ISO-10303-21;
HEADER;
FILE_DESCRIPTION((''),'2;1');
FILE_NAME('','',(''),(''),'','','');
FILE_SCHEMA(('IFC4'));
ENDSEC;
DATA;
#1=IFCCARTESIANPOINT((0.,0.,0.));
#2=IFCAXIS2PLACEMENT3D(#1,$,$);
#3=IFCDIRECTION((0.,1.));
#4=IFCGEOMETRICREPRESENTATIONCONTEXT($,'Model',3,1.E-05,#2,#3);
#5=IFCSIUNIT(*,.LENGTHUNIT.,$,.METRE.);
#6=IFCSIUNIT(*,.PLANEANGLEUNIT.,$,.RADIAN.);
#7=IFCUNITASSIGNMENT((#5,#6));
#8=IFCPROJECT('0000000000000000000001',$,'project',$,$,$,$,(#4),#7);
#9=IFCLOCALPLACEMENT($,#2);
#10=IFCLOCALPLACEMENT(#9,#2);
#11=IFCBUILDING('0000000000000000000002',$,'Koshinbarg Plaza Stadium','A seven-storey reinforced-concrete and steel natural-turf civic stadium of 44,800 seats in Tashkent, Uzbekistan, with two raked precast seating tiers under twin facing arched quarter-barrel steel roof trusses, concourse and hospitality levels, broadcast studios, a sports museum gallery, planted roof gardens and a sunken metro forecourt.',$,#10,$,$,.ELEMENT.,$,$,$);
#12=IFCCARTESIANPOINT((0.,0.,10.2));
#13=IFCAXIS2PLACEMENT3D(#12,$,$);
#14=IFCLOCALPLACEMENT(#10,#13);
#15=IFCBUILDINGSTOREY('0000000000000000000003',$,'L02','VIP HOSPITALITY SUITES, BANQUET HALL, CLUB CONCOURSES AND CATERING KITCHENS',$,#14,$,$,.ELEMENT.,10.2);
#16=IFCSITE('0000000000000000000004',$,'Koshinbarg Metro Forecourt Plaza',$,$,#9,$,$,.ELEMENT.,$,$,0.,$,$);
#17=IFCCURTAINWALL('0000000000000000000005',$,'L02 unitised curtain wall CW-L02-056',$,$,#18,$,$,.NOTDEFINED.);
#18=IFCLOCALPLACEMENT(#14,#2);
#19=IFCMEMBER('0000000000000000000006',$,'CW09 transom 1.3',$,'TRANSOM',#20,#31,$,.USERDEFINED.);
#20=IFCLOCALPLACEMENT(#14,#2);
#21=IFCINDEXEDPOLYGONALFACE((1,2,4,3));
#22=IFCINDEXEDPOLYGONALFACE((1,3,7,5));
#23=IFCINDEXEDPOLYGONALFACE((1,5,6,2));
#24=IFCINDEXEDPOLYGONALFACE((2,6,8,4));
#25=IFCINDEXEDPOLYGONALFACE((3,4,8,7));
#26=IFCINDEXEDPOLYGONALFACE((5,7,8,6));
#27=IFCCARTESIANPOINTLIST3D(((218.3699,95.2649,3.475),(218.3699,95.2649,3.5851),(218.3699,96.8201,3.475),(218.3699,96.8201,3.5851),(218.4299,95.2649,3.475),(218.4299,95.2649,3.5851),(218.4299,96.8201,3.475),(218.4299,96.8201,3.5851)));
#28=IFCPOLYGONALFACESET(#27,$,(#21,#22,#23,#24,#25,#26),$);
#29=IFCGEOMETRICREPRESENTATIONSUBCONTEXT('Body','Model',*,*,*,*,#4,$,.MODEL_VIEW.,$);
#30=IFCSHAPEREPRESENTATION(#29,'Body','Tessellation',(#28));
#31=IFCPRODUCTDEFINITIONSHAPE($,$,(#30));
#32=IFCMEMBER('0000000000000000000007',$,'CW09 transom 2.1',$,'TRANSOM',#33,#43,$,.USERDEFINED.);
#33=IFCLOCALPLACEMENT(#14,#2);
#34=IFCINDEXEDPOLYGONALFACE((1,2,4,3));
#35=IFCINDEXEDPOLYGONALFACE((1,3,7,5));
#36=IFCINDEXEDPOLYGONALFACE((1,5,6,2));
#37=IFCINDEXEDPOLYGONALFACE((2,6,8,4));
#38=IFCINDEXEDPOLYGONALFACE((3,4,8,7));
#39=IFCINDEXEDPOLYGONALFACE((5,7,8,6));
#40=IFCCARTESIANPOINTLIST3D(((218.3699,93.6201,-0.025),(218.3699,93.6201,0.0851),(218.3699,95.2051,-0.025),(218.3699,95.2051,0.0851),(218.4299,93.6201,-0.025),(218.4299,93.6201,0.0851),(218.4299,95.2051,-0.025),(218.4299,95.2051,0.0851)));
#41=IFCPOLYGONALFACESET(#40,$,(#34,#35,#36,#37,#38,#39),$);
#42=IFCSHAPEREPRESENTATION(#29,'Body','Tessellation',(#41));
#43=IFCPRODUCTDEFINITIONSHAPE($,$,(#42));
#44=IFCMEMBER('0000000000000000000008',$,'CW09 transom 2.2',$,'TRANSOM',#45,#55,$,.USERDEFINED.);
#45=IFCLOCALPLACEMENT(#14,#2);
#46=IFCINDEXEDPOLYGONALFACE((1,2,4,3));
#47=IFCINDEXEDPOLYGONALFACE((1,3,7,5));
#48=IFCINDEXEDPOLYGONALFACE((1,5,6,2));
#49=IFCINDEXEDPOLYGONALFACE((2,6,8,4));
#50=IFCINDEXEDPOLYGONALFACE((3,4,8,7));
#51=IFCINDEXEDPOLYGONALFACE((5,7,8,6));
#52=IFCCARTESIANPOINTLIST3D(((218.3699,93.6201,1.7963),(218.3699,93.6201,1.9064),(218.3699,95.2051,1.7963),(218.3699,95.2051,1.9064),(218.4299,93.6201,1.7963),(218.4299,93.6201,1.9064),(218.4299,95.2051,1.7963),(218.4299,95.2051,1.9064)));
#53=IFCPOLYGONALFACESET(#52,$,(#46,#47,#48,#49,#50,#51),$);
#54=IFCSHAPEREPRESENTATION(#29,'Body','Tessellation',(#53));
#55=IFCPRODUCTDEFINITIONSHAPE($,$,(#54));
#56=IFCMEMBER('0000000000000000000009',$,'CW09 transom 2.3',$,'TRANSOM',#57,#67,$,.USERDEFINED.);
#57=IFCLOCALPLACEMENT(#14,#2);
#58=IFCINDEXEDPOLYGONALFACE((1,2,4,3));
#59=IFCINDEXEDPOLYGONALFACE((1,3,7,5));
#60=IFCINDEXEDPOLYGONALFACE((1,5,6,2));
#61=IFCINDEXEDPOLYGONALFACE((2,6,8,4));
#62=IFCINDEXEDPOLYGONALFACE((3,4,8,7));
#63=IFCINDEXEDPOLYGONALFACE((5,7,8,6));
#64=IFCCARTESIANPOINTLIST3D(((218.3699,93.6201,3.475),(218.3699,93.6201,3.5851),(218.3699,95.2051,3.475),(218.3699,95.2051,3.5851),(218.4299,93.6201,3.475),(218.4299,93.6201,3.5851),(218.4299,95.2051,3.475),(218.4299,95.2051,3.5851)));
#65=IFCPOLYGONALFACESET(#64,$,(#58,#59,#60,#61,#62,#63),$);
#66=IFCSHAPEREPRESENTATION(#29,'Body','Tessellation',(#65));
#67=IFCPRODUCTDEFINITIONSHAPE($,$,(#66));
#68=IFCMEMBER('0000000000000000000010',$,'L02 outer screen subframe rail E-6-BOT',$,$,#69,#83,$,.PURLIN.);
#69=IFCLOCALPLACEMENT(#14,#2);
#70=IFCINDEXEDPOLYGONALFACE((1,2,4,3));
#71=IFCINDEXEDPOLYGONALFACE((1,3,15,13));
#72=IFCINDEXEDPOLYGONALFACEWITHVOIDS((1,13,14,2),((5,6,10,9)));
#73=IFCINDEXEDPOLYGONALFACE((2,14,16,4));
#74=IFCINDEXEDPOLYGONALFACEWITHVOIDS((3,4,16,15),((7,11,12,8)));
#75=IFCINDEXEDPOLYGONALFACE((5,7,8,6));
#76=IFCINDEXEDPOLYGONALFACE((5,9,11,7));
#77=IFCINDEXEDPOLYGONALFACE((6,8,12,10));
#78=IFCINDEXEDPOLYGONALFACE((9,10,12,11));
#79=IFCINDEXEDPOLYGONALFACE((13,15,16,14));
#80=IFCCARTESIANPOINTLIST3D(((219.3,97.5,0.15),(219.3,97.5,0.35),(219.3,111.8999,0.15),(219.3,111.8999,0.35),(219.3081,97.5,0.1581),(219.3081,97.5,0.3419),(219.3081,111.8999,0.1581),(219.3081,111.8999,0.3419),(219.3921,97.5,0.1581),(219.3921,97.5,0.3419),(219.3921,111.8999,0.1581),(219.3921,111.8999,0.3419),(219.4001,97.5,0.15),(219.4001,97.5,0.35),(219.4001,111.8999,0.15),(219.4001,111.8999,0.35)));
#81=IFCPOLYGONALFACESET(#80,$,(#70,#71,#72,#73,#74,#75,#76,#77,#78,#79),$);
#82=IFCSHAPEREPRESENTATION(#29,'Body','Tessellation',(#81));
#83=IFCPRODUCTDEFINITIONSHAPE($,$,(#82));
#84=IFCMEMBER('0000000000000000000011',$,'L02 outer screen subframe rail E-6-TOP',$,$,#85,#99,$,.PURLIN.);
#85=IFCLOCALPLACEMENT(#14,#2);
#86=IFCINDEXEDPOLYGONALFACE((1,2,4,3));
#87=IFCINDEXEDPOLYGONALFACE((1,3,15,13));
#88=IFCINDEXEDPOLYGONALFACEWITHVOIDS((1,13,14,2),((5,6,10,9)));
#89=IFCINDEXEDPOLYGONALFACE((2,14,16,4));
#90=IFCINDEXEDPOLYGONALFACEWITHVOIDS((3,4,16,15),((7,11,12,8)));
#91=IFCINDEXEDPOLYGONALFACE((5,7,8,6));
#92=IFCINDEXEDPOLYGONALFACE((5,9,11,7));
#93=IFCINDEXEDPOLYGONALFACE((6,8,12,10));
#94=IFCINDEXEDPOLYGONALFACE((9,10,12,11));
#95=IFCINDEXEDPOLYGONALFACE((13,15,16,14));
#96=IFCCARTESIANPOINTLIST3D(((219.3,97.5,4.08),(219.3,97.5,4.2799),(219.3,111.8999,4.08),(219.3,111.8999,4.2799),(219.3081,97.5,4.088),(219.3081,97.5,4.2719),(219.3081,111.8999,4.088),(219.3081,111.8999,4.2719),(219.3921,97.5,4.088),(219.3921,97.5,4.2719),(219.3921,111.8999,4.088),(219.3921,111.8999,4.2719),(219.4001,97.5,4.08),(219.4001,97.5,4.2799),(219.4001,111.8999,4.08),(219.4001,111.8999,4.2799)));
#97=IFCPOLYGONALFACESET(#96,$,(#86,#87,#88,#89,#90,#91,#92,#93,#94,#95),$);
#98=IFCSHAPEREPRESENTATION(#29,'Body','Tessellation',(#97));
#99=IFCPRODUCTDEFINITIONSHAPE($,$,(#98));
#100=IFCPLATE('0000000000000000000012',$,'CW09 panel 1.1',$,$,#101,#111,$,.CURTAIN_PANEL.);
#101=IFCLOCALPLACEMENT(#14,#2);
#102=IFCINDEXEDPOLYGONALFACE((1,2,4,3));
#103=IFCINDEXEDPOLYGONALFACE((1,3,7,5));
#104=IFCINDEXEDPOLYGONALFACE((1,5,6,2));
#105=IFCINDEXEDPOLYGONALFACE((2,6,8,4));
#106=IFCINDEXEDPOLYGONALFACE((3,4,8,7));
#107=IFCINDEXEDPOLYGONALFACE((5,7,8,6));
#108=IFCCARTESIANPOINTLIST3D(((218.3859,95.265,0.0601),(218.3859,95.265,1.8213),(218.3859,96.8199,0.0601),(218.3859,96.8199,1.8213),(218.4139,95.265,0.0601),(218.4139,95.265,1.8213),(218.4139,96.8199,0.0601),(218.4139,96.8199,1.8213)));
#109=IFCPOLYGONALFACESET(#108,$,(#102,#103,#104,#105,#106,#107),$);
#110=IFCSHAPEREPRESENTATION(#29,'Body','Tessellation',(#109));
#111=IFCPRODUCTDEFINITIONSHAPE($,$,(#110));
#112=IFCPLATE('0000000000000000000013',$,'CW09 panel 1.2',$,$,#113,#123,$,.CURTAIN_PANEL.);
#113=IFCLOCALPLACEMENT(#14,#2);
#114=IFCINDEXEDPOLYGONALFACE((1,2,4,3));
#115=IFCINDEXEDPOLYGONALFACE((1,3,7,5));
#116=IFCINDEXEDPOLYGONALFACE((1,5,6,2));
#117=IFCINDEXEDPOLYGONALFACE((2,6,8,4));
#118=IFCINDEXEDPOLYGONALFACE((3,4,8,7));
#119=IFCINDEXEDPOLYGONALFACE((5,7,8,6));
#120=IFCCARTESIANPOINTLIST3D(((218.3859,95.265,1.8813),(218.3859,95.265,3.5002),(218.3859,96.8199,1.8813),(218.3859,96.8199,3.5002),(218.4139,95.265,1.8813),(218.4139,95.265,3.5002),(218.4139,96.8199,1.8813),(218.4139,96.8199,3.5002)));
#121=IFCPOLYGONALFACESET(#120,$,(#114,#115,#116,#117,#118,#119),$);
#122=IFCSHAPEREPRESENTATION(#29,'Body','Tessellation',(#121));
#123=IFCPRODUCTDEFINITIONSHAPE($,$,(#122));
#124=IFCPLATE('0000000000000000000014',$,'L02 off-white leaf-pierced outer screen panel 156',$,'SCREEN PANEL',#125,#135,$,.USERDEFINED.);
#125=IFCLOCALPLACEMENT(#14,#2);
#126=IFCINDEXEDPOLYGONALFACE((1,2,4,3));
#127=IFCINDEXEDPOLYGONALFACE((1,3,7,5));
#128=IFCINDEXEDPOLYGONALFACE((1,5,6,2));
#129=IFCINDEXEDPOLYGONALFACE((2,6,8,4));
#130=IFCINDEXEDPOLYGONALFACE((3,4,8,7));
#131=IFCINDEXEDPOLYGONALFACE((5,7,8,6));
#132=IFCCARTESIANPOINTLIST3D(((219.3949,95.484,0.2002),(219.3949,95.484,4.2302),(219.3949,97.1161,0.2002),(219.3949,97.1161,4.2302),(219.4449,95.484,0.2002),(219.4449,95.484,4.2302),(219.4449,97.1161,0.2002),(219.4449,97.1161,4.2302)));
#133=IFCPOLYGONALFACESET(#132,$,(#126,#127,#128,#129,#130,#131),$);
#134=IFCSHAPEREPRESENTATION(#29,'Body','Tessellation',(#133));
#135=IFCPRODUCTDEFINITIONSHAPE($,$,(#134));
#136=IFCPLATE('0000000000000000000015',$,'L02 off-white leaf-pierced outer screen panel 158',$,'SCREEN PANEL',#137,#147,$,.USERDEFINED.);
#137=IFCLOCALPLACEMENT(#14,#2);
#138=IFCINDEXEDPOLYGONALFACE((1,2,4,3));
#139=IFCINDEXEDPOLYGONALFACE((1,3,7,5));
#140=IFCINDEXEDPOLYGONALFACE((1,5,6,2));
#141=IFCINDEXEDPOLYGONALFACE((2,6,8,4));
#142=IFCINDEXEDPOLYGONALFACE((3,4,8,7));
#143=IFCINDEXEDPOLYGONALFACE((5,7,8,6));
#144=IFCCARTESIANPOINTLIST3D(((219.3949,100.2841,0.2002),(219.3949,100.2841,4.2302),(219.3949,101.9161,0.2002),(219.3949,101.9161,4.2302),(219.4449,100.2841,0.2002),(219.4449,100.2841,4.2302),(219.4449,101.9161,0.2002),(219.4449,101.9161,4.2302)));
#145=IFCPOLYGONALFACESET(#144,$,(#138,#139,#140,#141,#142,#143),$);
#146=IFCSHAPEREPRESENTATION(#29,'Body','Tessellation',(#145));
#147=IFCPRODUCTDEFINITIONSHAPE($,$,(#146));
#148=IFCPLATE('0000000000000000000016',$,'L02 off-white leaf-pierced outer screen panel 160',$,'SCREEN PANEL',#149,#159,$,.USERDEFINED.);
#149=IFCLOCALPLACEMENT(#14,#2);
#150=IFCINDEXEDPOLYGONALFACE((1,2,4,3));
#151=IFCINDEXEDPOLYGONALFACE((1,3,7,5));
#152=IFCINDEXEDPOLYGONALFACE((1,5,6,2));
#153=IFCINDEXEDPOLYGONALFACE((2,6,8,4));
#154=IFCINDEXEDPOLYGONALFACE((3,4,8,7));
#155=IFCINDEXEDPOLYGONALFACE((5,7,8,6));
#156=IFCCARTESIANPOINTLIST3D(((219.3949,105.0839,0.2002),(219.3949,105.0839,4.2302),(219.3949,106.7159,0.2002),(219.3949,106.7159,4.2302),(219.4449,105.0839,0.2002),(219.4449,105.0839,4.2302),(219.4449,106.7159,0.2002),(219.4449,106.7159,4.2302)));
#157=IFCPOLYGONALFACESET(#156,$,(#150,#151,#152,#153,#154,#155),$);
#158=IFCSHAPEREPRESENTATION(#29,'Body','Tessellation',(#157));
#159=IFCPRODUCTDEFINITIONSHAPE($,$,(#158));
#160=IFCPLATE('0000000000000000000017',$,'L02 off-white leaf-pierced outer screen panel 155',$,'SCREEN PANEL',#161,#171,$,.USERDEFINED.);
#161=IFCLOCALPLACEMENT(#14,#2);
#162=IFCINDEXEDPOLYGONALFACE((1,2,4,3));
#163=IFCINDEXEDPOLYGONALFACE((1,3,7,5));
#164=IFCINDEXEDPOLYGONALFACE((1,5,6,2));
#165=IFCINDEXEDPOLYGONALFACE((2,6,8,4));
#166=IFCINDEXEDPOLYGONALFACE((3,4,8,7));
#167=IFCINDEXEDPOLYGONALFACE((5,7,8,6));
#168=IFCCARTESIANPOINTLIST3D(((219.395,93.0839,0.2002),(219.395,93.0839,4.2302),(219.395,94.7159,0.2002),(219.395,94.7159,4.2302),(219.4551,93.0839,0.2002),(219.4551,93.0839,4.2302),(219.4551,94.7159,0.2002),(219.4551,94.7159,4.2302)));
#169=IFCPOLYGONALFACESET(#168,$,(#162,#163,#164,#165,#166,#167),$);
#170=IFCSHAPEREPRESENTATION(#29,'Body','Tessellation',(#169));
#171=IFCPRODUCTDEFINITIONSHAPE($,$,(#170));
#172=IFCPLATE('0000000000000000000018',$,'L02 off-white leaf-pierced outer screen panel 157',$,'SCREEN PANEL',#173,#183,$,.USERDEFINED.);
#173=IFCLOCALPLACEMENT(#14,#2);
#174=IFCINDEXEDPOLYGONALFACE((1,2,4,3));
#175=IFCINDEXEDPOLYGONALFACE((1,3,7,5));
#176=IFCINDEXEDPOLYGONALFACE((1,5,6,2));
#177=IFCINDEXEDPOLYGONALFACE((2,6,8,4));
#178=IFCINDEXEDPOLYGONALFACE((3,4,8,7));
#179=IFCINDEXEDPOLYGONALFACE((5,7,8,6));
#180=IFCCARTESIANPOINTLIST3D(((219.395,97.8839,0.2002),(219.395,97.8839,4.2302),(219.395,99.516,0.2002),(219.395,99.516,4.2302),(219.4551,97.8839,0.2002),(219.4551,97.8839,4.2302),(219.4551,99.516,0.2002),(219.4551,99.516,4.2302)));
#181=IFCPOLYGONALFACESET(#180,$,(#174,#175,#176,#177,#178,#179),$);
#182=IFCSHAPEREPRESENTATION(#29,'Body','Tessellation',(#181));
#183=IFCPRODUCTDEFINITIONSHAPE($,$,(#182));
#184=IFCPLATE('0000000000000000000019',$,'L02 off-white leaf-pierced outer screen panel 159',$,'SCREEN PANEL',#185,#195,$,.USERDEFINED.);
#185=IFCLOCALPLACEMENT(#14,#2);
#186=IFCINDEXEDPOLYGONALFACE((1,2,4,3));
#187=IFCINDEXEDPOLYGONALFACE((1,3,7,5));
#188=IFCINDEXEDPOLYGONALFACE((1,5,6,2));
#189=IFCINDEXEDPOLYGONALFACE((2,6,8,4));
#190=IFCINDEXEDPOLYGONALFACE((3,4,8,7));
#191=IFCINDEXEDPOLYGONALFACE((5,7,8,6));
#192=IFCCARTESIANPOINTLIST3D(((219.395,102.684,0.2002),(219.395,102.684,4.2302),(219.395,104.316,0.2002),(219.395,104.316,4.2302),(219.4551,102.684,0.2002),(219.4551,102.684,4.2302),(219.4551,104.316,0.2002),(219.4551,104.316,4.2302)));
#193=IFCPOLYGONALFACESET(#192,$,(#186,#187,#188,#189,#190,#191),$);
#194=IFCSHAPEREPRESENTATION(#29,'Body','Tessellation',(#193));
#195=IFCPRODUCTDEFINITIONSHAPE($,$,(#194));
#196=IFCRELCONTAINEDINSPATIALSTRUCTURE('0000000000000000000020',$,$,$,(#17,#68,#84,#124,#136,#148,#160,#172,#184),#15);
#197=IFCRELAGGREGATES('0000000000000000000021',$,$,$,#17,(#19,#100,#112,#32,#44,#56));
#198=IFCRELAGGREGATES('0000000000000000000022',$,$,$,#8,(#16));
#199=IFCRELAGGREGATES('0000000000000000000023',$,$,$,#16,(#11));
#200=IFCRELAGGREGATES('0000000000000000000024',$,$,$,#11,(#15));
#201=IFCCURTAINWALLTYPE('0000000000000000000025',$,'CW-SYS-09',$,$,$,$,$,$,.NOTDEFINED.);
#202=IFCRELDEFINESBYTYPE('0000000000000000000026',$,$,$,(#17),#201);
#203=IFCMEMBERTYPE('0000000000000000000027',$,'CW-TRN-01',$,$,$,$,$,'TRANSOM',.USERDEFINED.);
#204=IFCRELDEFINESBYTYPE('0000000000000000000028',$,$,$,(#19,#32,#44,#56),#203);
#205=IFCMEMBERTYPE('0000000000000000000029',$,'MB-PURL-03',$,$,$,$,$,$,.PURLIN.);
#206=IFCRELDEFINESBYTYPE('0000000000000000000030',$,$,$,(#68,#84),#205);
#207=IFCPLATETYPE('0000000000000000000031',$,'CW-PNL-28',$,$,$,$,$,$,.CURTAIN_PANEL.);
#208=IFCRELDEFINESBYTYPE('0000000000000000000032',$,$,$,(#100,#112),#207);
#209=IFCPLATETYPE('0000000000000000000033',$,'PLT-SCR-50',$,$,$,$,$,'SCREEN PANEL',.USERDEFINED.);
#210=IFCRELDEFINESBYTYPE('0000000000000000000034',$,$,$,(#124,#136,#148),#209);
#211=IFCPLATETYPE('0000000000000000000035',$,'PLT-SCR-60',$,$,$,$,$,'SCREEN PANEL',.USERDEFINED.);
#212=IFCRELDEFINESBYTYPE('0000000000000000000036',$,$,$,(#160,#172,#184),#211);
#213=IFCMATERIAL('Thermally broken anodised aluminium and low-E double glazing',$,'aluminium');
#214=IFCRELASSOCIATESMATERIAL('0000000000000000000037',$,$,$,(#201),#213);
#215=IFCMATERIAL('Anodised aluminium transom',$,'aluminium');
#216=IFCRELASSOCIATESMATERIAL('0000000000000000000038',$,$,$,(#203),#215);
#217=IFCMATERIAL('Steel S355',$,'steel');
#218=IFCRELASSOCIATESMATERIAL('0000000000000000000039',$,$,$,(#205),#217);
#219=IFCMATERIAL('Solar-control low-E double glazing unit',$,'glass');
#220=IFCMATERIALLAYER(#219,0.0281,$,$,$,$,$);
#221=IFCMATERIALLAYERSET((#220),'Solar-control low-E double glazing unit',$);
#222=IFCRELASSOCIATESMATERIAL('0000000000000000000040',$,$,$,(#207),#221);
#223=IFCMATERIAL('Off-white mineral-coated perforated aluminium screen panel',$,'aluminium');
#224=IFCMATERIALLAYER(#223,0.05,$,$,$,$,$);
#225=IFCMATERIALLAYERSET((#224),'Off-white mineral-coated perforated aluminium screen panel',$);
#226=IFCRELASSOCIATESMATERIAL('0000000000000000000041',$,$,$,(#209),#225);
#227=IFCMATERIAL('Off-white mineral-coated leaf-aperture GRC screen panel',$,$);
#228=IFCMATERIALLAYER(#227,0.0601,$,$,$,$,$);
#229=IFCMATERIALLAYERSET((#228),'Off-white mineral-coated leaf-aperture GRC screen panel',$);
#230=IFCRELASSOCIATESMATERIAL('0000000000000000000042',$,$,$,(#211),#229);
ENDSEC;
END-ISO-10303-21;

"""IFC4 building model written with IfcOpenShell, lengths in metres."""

from ifc_helpers import new_model, si_unit, direction, frame, origin, origin_2d, place, context, subcontext, project, spatial, rectangle, hollow_rectangle, extrude, material, layer, layer_set, material_profile, profile_set, type_object, element, aggregate, save


model = new_model("IFC4")

# Units and contexts
model_context = context("Model", 3, precision=1e-05, world=origin(), true_north=direction((0.0, 1.0)))
body_context = subcontext(model_context, "Body", "Model", "MODEL_VIEW")
ifc_project = project(units=[si_unit("LENGTHUNIT", "METRE"), si_unit("PLANEANGLEUNIT", "RADIAN")], contexts=[model_context])

# Site, building, storey
site_placement = place(None, origin())
site = spatial("IfcSite", under=ifc_project, at=site_placement, Name="Koshinbarg Metro Forecourt Plaza", CompositionType="ELEMENT", RefElevation=0.0)
building_placement = place(site_placement, origin())
building = spatial("IfcBuilding", under=site, at=building_placement, Name="Koshinbarg Plaza Stadium", Description="A seven-storey reinforced-concrete and steel natural-turf civic stadium of 44,800 seats in Tashkent, Uzbekistan, with two raked precast seating tiers under twin facing arched quarter-barrel steel roof trusses, concourse and hospitality levels, broadcast studios, a sports museum gallery, planted roof gardens and a sunken metro forecourt.", CompositionType="ELEMENT")
storey_placement = place(building_placement, frame((0.0, 0.0, 10.2)))
storey = spatial("IfcBuildingStorey", under=building, at=storey_placement, Name="L02", Description="VIP HOSPITALITY SUITES, BANQUET HALL, CLUB CONCOURSES AND CATERING KITCHENS", CompositionType="ELEMENT", Elevation=10.2)

# Shared definitions
ifc_material_1 = material(Name="Steel S355", Category="steel")

# Curtain wall
ifc_material_2 = material(Name="Thermally broken anodised aluminium and low-E double glazing", Category="aluminium")
curtain_wall_type_1 = type_object("IfcCurtainWallType", Name="CW-SYS-09", PredefinedType="NOTDEFINED", material=ifc_material_2)
curtain_wall_1_placement = place(storey_placement, origin())
curtain_wall_1 = element("IfcCurtainWall", 1, at=curtain_wall_1_placement, inside=storey, type_object=curtain_wall_type_1, Name="L02 unitised curtain wall CW-L02-056", PredefinedType="NOTDEFINED")

# Members
ifc_material_3 = material(Name="Anodised aluminium transom", Category="aluminium")
ifc_material_profile_1 = material_profile(ifc_material_3, rectangle(XDim=0.0601, YDim=0.1101, at=origin_2d()), Name="ALU 60x110")
ifc_profile_set_1 = profile_set([ifc_material_profile_1], Name="Anodised aluminium transom")
member_type_1 = type_object("IfcMemberType", Name="CW-TRN-01", ElementType="TRANSOM", PredefinedType="USERDEFINED", material=ifc_profile_set_1)
member_1_placement = place(storey_placement, frame((218.3999, 96.8201, 3.53), z_axis=(0.0, -1.0, 0.0), x_axis=(1.0, 0.0, 0.0)))
member_1 = element("IfcMember", 2, at=member_1_placement, type_object=member_type_1, Name="CW09 transom 1.3", ObjectType="TRANSOM", PredefinedType="USERDEFINED", context=body_context, shape_type="SweptSolid", body=[
    extrude(rectangle(XDim=0.0601, YDim=0.1101, at=origin_2d()), origin(), (0.0, 0.0, 1.0), 1.5552),
])
member_2_placement = place(storey_placement, frame((218.3999, 95.2051, 0.03), z_axis=(0.0, -1.0, 0.0), x_axis=(1.0, 0.0, 0.0)))
member_2 = element("IfcMember", 3, at=member_2_placement, type_object=member_type_1, Name="CW09 transom 2.1", ObjectType="TRANSOM", PredefinedType="USERDEFINED", context=body_context, shape_type="SweptSolid", body=[
    extrude(rectangle(XDim=0.0601, YDim=0.1101, at=origin_2d()), origin(), (0.0, 0.0, 1.0), 1.585),
])
member_3_placement = place(storey_placement, frame((218.3999, 95.2051, 1.8513), z_axis=(0.0, -1.0, 0.0), x_axis=(1.0, 0.0, 0.0)))
member_3 = element("IfcMember", 4, at=member_3_placement, type_object=member_type_1, Name="CW09 transom 2.2", ObjectType="TRANSOM", PredefinedType="USERDEFINED", context=body_context, shape_type="SweptSolid", body=[
    extrude(rectangle(XDim=0.0601, YDim=0.1101, at=origin_2d()), origin(), (0.0, 0.0, 1.0), 1.585),
])
member_4_placement = place(storey_placement, frame((218.3999, 95.2051, 3.53), z_axis=(0.0, -1.0, 0.0), x_axis=(1.0, 0.0, 0.0)))
member_4 = element("IfcMember", 5, at=member_4_placement, type_object=member_type_1, Name="CW09 transom 2.3", ObjectType="TRANSOM", PredefinedType="USERDEFINED", context=body_context, shape_type="SweptSolid", body=[
    extrude(rectangle(XDim=0.0601, YDim=0.1101, at=origin_2d()), origin(), (0.0, 0.0, 1.0), 1.585),
])

# Members
ifc_material_profile_2 = material_profile(ifc_material_1, hollow_rectangle(XDim=0.1001, YDim=0.2, WallThickness=0.0081, at=origin_2d()), Name="RHS 200x100x8")
ifc_profile_set_2 = profile_set([ifc_material_profile_2], Name="Steel S355")
member_type_2 = type_object("IfcMemberType", Name="MB-PURL-03", PredefinedType="PURLIN", material=ifc_profile_set_2)
for number, where, z_axis, x_axis, name in (
    (6, (219.3501, 97.5, 0.25), (0.0, 1.0, 0.0), (-1.0, 0.0, 0.0), "L02 outer screen subframe rail E-6-BOT"),
    (7, (219.3501, 97.5, 4.1799), (0.0, 1.0, 0.0), (-1.0, 0.0, 0.0), "L02 outer screen subframe rail E-6-TOP"),
):
    element("IfcMember", number, at=place(storey_placement, frame(where, z_axis=z_axis, x_axis=x_axis)), inside=storey, type_object=member_type_2, Name=name, PredefinedType="PURLIN", context=body_context, shape_type="SweptSolid", body=[
        extrude(hollow_rectangle(XDim=0.1001, YDim=0.2, WallThickness=0.0081, at=origin_2d()), origin(), (0.0, 0.0, 1.0), 14.3999),
    ])

# Plates
ifc_material_4 = material(Name="Solar-control low-E double glazing unit", Category="glass")
ifc_layer_1 = layer(ifc_material_4, 0.0281)
ifc_layer_set_1 = layer_set([ifc_layer_1], Name="Solar-control low-E double glazing unit")
plate_type_1 = type_object("IfcPlateType", Name="CW-PNL-28", PredefinedType="CURTAIN_PANEL", material=ifc_layer_set_1)
plate_1_placement = place(storey_placement, frame((218.3999, 96.0425, 0.0601), z_axis=(0.0, 0.0, 1.0), x_axis=(0.0, -1.0, 0.0)))
plate_1 = element("IfcPlate", 8, at=plate_1_placement, type_object=plate_type_1, Name="CW09 panel 1.1", PredefinedType="CURTAIN_PANEL", context=body_context, shape_type="SweptSolid", body=[
    extrude(rectangle(XDim=1.5549, YDim=0.0281, at=origin_2d()), origin(), (0.0, 0.0, 1.0), 1.7612),
])
plate_2_placement = place(storey_placement, frame((218.3999, 96.0425, 1.8813), z_axis=(0.0, 0.0, 1.0), x_axis=(0.0, -1.0, 0.0)))
plate_2 = element("IfcPlate", 9, at=plate_2_placement, type_object=plate_type_1, Name="CW09 panel 1.2", PredefinedType="CURTAIN_PANEL", context=body_context, shape_type="SweptSolid", body=[
    extrude(rectangle(XDim=1.5549, YDim=0.0281, at=origin_2d()), origin(), (0.0, 0.0, 1.0), 1.6189),
])
aggregate(curtain_wall_1, [member_1, plate_1, plate_2, member_2, member_3, member_4])

# Plates
ifc_material_5 = material(Name="Off-white mineral-coated perforated aluminium screen panel", Category="aluminium")
ifc_layer_2 = layer(ifc_material_5, 0.05)
ifc_layer_set_2 = layer_set([ifc_layer_2], Name="Off-white mineral-coated perforated aluminium screen panel")
plate_type_2 = type_object("IfcPlateType", Name="PLT-SCR-50", ElementType="SCREEN PANEL", PredefinedType="USERDEFINED", material=ifc_layer_set_2)
for number, where, z_axis, x_axis, name in (
    (10, (219.4199, 96.3, 0.2002), (0.0, 0.0, 1.0), (1.0, 0.0, 0.0), "L02 off-white leaf-pierced outer screen panel 156"),
    (11, (219.4199, 101.1001, 0.2002), (0.0, 0.0, 1.0), (1.0, 0.0, 0.0), "L02 off-white leaf-pierced outer screen panel 158"),
    (12, (219.4199, 105.8999, 0.2002), (0.0, 0.0, 1.0), (1.0, 0.0, 0.0), "L02 off-white leaf-pierced outer screen panel 160"),
):
    element("IfcPlate", number, at=place(storey_placement, frame(where, z_axis=z_axis, x_axis=x_axis)), inside=storey, type_object=plate_type_2, Name=name, ObjectType="SCREEN PANEL", PredefinedType="USERDEFINED", context=body_context, shape_type="SweptSolid", body=[
        extrude(rectangle(XDim=0.05, YDim=1.6321, at=origin_2d()), origin(), (0.0, 0.0, 1.0), 4.03),
    ])
ifc_material_6 = material(Name="Off-white mineral-coated leaf-aperture GRC screen panel")
ifc_layer_3 = layer(ifc_material_6, 0.0601)
ifc_layer_set_3 = layer_set([ifc_layer_3], Name="Off-white mineral-coated leaf-aperture GRC screen panel")
plate_type_3 = type_object("IfcPlateType", Name="PLT-SCR-60", ElementType="SCREEN PANEL", PredefinedType="USERDEFINED", material=ifc_layer_set_3)
for number, where, z_axis, x_axis, name in (
    (13, (219.425, 93.8999, 0.2002), (0.0, 0.0, 1.0), (1.0, 0.0, 0.0), "L02 off-white leaf-pierced outer screen panel 155"),
    (14, (219.425, 98.7, 0.2002), (0.0, 0.0, 1.0), (1.0, 0.0, 0.0), "L02 off-white leaf-pierced outer screen panel 157"),
    (15, (219.425, 103.5, 0.2002), (0.0, 0.0, 1.0), (1.0, 0.0, 0.0), "L02 off-white leaf-pierced outer screen panel 159"),
):
    element("IfcPlate", number, at=place(storey_placement, frame(where, z_axis=z_axis, x_axis=x_axis)), inside=storey, type_object=plate_type_3, Name=name, ObjectType="SCREEN PANEL", PredefinedType="USERDEFINED", context=body_context, shape_type="SweptSolid", body=[
        extrude(rectangle(XDim=0.0601, YDim=1.6321, at=origin_2d()), origin(), (0.0, 0.0, 1.0), 4.03),
    ])

save(model, "model.ifc")
